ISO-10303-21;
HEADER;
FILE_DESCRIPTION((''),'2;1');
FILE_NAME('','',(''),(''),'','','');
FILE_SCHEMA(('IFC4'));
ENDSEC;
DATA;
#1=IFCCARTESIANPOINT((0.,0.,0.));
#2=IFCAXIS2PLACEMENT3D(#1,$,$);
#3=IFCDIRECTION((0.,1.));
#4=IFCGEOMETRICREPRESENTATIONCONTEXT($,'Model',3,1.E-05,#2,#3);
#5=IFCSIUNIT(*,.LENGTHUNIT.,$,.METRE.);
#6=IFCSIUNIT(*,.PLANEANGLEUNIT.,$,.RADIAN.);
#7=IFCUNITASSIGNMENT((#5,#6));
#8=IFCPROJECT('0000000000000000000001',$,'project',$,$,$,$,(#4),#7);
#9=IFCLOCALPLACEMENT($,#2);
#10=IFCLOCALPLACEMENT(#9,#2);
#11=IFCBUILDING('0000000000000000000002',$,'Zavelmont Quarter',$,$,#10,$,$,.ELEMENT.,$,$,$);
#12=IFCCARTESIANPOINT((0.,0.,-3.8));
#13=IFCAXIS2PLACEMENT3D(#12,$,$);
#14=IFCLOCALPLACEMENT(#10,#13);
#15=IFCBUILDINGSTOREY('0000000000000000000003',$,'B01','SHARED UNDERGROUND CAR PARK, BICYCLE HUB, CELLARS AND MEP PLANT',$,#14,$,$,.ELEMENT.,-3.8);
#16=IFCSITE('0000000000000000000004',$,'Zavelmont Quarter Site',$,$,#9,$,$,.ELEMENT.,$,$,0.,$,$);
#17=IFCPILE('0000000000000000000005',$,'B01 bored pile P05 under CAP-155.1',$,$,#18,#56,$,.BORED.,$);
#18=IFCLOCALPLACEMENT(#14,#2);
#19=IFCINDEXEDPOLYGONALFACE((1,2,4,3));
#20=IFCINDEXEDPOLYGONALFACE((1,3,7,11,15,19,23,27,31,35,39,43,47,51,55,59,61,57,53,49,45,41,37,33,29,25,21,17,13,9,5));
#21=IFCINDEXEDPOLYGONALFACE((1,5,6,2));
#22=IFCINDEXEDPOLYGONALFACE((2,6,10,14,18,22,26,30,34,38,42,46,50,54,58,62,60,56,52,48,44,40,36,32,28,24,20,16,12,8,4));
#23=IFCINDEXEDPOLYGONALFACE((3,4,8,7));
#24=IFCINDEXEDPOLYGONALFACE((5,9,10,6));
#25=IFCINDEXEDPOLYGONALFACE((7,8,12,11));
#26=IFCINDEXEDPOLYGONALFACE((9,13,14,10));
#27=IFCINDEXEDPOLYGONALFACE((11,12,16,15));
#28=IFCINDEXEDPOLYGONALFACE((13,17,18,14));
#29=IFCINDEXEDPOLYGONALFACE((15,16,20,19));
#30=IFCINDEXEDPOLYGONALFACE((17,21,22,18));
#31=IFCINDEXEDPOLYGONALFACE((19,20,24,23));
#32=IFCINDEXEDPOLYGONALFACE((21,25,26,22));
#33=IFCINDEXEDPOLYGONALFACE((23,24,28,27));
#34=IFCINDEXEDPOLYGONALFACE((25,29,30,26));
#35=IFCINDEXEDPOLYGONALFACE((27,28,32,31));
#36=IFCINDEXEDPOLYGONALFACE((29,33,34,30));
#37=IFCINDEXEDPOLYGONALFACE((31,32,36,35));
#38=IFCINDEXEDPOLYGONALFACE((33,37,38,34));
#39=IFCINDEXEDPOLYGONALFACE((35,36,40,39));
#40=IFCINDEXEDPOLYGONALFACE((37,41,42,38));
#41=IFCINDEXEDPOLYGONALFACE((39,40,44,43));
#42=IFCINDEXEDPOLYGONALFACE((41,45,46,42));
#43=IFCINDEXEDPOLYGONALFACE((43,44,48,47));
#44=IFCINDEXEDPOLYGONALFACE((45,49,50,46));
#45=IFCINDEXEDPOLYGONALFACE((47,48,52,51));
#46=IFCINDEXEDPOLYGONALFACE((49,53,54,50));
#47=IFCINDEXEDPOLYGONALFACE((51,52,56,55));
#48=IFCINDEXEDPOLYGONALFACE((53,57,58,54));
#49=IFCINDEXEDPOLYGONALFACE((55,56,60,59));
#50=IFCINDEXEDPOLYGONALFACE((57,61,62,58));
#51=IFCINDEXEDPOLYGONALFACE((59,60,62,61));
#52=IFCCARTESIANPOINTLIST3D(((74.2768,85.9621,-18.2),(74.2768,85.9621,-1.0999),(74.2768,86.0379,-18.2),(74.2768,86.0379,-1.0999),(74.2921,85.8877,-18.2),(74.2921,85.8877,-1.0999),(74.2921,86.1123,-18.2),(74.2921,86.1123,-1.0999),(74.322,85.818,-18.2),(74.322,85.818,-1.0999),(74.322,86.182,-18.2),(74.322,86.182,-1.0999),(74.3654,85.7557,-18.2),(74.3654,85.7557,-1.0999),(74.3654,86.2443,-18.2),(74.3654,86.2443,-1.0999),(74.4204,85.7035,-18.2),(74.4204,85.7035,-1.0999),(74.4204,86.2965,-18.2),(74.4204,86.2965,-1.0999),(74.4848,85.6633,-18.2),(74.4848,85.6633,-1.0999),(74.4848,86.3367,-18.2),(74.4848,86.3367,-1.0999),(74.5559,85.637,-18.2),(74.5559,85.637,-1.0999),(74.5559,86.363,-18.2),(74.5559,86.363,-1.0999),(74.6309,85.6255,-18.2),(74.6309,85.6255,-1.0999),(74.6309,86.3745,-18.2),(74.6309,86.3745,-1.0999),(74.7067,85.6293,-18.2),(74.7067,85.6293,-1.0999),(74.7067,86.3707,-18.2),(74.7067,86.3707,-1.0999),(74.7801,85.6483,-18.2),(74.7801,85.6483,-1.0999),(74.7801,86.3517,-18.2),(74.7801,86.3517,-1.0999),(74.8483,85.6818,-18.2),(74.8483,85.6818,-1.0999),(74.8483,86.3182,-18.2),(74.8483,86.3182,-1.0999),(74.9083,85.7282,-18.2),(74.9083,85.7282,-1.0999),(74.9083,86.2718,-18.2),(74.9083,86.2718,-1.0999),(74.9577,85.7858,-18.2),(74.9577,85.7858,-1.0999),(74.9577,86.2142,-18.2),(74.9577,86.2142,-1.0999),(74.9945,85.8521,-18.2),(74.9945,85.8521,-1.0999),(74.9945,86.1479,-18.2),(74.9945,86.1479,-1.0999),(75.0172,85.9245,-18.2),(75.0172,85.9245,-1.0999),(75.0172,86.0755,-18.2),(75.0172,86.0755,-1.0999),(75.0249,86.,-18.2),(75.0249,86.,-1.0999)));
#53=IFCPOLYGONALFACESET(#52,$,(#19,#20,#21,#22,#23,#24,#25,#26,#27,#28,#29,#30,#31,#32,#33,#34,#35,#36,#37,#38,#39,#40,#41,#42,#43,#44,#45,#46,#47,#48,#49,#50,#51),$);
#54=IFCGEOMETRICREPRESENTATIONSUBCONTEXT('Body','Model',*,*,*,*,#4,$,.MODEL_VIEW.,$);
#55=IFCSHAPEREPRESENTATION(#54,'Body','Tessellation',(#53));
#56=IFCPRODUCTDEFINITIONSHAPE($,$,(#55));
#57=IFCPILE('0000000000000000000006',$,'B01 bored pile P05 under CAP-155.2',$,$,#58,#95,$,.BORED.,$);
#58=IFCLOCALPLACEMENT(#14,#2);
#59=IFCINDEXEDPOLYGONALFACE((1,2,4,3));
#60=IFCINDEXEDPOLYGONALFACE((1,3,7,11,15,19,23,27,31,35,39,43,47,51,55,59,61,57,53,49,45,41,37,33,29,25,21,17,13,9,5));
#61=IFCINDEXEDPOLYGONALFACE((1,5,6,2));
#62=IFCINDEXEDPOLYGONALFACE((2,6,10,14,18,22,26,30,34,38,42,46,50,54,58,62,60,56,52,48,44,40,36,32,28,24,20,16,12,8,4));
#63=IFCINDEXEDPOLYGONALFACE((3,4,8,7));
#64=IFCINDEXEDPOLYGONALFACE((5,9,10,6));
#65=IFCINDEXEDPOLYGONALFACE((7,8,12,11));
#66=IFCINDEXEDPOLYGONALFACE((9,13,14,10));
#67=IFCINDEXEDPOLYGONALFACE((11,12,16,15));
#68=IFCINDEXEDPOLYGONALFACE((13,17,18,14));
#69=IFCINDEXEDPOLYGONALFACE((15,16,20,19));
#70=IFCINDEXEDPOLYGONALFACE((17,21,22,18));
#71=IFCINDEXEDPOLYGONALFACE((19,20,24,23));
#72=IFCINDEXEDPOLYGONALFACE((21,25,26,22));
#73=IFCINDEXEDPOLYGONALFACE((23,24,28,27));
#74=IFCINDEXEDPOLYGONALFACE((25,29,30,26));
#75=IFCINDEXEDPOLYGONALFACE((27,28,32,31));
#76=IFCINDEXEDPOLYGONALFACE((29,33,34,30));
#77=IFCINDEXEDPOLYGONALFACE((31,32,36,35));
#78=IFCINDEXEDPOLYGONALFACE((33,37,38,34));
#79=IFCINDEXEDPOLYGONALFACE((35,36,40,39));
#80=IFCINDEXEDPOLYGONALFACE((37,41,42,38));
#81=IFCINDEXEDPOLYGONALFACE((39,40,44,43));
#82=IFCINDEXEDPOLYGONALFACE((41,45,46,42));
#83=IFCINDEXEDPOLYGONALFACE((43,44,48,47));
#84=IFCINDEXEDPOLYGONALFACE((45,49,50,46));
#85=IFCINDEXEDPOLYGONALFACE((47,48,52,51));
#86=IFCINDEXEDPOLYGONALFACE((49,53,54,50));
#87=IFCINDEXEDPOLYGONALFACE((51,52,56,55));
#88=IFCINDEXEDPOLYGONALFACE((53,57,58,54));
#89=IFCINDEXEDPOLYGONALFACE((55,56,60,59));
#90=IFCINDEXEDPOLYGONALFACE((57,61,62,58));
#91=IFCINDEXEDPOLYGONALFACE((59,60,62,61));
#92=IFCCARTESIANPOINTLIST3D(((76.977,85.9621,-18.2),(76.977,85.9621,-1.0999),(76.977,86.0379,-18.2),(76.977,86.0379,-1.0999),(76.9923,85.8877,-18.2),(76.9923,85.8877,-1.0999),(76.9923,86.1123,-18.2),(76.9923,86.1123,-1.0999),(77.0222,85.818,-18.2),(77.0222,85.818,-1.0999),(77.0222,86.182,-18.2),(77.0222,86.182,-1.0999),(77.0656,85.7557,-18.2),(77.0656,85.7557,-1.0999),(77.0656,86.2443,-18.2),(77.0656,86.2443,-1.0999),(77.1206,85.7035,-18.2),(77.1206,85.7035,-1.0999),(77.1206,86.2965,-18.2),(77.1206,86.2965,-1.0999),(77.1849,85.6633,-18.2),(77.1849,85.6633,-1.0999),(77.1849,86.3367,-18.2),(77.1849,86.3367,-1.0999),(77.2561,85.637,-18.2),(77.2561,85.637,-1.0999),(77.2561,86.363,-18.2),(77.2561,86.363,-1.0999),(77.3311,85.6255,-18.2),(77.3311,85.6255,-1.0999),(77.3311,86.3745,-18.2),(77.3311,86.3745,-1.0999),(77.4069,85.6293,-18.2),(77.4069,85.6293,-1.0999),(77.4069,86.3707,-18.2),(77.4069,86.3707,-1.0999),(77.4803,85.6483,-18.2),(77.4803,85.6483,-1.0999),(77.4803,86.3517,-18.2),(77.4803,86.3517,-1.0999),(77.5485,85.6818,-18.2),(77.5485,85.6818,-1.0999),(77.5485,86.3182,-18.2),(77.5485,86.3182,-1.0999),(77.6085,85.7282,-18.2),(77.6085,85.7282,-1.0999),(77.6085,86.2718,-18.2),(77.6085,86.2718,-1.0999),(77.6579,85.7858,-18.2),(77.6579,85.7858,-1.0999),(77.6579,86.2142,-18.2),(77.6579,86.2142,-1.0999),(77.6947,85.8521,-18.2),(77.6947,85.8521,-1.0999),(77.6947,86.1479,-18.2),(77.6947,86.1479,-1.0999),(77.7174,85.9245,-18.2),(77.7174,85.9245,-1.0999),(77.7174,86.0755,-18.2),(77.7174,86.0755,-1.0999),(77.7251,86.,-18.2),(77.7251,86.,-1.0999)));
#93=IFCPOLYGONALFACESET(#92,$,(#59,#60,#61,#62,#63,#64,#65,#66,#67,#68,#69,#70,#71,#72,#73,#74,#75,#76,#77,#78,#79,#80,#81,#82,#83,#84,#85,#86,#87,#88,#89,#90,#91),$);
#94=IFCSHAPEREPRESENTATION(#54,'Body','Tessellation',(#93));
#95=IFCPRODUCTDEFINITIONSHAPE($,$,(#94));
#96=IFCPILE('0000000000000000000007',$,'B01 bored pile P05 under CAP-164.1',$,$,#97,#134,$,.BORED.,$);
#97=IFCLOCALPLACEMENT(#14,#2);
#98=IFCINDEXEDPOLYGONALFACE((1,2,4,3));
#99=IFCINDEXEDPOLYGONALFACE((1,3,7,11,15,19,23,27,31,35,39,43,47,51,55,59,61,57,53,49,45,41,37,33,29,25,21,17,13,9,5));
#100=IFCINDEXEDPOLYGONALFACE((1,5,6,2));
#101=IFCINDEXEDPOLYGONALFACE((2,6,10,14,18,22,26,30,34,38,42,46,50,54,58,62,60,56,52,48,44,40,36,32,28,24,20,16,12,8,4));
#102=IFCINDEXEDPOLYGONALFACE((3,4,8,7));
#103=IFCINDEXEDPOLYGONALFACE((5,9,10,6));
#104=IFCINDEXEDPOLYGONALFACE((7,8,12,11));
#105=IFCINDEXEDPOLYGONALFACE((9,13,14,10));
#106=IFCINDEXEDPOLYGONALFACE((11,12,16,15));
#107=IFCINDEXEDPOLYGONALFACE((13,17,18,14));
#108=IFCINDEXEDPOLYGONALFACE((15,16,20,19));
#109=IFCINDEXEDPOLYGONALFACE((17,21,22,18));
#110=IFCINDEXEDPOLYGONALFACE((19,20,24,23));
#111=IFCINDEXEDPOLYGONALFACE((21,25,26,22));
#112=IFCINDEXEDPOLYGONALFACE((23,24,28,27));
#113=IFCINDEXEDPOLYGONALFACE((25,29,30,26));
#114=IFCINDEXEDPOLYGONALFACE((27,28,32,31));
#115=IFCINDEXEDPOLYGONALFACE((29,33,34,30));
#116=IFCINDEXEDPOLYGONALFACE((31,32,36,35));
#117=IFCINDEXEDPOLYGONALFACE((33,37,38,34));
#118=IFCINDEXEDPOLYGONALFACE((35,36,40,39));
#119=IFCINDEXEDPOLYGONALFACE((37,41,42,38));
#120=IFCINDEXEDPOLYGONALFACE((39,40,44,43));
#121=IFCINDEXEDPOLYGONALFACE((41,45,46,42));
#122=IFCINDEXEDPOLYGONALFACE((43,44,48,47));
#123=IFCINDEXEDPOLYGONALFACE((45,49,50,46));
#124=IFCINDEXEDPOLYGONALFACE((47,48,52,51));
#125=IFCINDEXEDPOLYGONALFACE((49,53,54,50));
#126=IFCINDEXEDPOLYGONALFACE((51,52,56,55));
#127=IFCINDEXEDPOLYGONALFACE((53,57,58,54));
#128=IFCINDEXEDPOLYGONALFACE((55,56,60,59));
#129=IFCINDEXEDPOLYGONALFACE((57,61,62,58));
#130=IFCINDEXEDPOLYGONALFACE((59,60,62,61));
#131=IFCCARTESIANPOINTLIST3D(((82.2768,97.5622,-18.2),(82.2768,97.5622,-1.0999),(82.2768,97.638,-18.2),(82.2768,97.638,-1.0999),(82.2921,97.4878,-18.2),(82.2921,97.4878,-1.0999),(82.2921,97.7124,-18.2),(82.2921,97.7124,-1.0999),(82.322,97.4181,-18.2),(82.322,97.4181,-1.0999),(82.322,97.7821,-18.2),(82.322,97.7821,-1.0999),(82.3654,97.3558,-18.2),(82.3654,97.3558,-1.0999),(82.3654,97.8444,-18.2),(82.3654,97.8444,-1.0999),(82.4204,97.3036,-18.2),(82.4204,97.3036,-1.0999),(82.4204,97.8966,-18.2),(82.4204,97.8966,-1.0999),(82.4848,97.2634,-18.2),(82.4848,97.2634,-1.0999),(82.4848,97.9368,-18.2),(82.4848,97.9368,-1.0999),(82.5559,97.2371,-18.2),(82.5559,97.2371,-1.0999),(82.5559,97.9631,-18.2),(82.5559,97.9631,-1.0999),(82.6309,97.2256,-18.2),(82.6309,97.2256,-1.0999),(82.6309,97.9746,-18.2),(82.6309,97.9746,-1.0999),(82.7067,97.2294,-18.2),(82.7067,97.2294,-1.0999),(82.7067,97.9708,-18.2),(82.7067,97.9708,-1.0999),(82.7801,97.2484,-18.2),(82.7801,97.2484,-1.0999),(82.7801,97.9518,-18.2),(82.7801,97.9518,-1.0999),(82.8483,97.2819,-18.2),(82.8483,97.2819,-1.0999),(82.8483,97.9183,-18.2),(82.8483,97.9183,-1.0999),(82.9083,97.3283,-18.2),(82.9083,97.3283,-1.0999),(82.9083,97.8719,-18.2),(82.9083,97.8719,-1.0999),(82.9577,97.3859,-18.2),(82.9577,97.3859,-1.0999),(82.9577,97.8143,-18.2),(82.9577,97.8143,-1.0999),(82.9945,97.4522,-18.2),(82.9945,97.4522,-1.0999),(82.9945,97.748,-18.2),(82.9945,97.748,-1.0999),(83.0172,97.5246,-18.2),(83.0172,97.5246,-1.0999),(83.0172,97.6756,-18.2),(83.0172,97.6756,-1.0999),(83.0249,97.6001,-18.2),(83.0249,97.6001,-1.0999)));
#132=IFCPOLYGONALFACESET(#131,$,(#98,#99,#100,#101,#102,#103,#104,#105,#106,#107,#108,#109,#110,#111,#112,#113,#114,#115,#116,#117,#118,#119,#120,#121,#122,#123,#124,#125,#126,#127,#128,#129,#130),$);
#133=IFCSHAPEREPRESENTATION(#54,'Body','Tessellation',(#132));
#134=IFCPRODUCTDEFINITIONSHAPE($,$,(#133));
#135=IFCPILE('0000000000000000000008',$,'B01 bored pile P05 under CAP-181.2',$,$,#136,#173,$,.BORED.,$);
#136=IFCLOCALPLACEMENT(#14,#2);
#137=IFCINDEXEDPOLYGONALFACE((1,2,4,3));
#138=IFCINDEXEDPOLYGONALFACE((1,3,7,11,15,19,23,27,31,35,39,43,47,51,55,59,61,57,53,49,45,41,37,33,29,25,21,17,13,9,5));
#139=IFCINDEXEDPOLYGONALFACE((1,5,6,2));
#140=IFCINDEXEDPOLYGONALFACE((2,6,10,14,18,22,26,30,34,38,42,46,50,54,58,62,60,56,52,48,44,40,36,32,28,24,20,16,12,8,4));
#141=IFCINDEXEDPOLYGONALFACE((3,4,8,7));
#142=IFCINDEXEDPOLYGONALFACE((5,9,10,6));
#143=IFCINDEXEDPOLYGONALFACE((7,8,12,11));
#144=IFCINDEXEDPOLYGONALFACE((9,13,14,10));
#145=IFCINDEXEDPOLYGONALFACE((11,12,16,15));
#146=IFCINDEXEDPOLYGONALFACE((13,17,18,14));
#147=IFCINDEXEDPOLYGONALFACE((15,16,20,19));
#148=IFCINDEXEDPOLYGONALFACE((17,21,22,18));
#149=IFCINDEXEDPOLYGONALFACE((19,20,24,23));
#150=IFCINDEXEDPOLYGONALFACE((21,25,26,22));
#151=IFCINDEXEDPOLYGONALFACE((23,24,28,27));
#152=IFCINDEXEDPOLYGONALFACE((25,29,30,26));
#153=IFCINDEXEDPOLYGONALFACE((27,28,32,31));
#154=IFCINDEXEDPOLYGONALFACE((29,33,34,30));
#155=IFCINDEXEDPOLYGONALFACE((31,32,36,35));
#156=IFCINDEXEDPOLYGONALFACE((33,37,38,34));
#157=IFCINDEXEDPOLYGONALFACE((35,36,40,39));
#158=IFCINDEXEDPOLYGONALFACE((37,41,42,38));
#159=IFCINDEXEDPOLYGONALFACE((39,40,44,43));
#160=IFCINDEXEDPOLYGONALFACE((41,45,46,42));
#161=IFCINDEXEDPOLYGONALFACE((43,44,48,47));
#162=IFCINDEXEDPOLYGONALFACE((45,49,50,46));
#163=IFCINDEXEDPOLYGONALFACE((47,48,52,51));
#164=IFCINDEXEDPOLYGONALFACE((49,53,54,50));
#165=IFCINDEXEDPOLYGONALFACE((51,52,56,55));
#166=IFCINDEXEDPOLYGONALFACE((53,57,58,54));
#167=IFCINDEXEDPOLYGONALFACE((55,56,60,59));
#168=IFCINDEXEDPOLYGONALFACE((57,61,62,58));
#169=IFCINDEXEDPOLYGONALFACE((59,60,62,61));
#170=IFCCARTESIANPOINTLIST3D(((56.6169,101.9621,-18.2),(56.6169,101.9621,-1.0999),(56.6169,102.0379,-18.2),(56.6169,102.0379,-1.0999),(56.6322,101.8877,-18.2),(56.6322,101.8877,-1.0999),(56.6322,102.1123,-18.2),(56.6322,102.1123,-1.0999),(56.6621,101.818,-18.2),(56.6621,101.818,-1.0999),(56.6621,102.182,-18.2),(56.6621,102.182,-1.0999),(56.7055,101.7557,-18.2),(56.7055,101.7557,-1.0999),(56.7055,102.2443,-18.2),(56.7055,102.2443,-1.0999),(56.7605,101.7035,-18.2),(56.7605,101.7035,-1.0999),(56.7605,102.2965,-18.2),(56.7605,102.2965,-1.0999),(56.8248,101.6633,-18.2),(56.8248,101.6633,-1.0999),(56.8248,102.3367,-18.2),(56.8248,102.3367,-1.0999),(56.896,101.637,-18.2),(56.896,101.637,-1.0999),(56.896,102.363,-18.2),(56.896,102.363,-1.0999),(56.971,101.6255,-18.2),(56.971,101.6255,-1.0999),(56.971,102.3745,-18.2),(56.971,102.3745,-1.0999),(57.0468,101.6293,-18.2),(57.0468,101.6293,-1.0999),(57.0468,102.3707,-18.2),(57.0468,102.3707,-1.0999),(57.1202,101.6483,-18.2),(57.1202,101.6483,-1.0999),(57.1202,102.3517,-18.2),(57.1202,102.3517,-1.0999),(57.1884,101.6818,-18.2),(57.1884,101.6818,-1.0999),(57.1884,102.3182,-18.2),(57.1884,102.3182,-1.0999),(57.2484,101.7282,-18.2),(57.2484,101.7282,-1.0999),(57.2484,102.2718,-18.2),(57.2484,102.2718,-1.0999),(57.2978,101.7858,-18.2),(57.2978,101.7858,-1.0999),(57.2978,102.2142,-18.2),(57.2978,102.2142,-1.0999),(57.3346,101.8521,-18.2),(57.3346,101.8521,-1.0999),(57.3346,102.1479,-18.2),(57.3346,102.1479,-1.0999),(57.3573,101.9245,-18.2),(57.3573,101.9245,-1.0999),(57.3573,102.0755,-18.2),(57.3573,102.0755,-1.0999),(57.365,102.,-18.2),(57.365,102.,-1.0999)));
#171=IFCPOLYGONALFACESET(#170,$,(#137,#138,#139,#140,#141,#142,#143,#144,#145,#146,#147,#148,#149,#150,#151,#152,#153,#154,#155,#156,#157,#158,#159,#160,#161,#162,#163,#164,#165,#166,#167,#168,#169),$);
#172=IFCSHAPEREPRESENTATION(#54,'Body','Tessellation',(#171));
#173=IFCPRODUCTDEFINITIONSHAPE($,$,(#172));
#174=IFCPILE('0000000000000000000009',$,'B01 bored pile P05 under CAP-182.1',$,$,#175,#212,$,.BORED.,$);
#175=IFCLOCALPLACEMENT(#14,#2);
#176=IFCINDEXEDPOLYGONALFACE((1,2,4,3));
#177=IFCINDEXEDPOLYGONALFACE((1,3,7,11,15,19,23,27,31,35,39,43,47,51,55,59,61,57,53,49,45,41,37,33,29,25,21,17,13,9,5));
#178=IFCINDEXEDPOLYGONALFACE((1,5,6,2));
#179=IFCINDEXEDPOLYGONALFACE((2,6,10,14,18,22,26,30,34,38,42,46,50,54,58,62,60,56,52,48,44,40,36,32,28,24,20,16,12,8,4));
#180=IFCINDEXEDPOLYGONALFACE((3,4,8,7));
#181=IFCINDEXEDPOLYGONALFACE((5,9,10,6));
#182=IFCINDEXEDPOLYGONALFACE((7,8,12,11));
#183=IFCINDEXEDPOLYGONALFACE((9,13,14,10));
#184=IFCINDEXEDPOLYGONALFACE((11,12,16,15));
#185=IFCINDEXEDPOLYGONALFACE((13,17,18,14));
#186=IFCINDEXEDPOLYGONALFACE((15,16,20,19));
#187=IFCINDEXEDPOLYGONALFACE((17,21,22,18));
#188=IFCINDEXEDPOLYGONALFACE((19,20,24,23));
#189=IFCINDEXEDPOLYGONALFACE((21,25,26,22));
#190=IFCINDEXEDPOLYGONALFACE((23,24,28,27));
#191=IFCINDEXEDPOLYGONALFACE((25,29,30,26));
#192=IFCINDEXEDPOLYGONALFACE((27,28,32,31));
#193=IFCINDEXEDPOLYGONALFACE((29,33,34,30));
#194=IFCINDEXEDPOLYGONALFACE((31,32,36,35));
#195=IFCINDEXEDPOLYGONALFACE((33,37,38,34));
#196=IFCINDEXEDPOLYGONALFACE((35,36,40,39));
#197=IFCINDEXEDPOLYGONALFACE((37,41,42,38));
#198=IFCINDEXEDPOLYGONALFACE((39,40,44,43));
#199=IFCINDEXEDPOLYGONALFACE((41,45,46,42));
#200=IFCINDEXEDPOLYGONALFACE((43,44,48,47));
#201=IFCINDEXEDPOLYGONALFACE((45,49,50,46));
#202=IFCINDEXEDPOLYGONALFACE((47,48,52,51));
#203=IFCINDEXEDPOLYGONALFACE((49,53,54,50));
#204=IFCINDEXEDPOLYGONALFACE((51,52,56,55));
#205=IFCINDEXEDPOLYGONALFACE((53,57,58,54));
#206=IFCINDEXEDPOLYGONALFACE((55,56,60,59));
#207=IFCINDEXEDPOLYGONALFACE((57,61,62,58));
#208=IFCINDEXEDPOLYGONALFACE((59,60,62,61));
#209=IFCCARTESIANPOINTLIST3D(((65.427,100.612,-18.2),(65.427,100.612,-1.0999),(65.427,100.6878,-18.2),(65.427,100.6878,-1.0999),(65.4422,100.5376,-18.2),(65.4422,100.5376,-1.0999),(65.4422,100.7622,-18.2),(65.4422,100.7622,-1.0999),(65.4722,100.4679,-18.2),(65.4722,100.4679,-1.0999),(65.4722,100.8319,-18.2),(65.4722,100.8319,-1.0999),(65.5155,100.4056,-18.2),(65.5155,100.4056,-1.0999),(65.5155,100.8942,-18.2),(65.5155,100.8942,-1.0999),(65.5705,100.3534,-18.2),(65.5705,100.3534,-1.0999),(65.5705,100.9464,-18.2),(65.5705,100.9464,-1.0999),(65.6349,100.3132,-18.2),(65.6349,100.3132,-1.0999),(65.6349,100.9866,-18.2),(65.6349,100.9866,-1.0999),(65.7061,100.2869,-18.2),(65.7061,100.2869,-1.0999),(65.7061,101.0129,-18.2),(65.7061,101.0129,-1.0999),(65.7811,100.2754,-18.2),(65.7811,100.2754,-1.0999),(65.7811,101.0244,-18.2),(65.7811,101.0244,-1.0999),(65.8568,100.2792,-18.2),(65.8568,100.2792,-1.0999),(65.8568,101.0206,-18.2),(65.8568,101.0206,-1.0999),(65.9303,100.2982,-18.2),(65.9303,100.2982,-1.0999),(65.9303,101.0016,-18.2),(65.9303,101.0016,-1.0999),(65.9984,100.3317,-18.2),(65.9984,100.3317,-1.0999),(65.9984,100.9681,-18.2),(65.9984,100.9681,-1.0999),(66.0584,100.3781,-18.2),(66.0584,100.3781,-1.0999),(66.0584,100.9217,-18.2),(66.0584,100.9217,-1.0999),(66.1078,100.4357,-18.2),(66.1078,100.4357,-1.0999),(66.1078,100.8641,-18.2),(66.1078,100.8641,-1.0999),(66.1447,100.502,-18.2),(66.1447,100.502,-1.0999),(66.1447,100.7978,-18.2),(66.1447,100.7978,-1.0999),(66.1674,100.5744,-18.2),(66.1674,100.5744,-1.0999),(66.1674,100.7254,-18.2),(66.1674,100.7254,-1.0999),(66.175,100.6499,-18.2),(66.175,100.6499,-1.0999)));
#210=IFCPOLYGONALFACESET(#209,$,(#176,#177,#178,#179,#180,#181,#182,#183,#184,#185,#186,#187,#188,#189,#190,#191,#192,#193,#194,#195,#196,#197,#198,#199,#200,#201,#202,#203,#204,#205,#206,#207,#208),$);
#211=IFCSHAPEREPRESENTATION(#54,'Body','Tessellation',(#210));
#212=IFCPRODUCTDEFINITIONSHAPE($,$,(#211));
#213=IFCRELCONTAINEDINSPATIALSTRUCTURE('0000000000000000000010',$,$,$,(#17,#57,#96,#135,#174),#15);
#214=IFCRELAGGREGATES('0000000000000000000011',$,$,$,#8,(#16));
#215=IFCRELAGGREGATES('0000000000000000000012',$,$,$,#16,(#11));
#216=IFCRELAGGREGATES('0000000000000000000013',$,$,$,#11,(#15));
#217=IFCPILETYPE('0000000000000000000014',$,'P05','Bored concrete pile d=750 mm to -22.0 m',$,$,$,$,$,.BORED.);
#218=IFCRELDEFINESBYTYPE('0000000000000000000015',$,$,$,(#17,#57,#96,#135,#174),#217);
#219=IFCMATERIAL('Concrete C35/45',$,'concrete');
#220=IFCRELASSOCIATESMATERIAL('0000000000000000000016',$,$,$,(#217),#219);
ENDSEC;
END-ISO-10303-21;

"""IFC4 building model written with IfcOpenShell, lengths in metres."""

from ifc_helpers import new_model, si_unit, direction, frame, origin, origin_2d, place, context, subcontext, project, spatial, circle, extrude, material, material_profile, profile_set, type_object, element, save


model = new_model("IFC4")

# Units and contexts
model_context = context("Model", 3, precision=1e-05, world=origin(), true_north=direction((0.0, 1.0)))
body_context = subcontext(model_context, "Body", "Model", "MODEL_VIEW")
ifc_project = project(units=[si_unit("LENGTHUNIT", "METRE"), si_unit("PLANEANGLEUNIT", "RADIAN")], contexts=[model_context])

# Site, building, storey
site_placement = place(None, origin())
site = spatial("IfcSite", under=ifc_project, at=site_placement, Name="Zavelmont Quarter Site", CompositionType="ELEMENT", RefElevation=0.0)
building_placement = place(site_placement, origin())
building = spatial("IfcBuilding", under=site, at=building_placement, Name="Zavelmont Quarter", CompositionType="ELEMENT")
storey_placement = place(building_placement, frame((0.0, 0.0, -3.8)))
storey = spatial("IfcBuildingStorey", under=building, at=storey_placement, Name="B01", Description="SHARED UNDERGROUND CAR PARK, BICYCLE HUB, CELLARS AND MEP PLANT", CompositionType="ELEMENT", Elevation=-3.8)

# Shared definitions
ifc_material_1 = material(Name="Concrete C35/45", Category="concrete")

# Piles
ifc_material_profile_1 = material_profile(ifc_material_1, circle(Radius=0.375, at=origin_2d()), Name="BP750")
ifc_profile_set_1 = profile_set([ifc_material_profile_1], Name="Concrete C35/45")
pile_type_1 = type_object("IfcPileType", Name="P05", Description="Bored concrete pile d=750 mm to -22.0 m", PredefinedType="BORED", material=ifc_profile_set_1)
for number, where, z_axis, x_axis, name in (
    (1, (74.6499, 86.0, -1.0999), (0.0, 0.0, -1.0), (1.0, 0.0, 0.0), "B01 bored pile P05 under CAP-155.1"),
    (2, (77.3501, 86.0, -1.0999), (0.0, 0.0, -1.0), (1.0, 0.0, 0.0), "B01 bored pile P05 under CAP-155.2"),
    (3, (82.6499, 97.6001, -1.0999), (0.0, 0.0, -1.0), (1.0, 0.0, 0.0), "B01 bored pile P05 under CAP-164.1"),
    (4, (56.99, 102.0, -1.0999), (0.0, 0.0, -1.0), (1.0, 0.0, 0.0), "B01 bored pile P05 under CAP-181.2"),
    (5, (65.8, 100.6499, -1.0999), (0.0, 0.0, -1.0), (1.0, 0.0, 0.0), "B01 bored pile P05 under CAP-182.1"),
):
    element("IfcPile", number, at=place(storey_placement, frame(where, z_axis=z_axis, x_axis=x_axis)), inside=storey, type_object=pile_type_1, Name=name, PredefinedType="BORED", context=body_context, shape_type="SweptSolid", body=[
        extrude(circle(Radius=0.375, at=origin_2d()), origin(), (0.0, 0.0, 1.0), 17.1001),
    ])

save(model, "model.ifc")
